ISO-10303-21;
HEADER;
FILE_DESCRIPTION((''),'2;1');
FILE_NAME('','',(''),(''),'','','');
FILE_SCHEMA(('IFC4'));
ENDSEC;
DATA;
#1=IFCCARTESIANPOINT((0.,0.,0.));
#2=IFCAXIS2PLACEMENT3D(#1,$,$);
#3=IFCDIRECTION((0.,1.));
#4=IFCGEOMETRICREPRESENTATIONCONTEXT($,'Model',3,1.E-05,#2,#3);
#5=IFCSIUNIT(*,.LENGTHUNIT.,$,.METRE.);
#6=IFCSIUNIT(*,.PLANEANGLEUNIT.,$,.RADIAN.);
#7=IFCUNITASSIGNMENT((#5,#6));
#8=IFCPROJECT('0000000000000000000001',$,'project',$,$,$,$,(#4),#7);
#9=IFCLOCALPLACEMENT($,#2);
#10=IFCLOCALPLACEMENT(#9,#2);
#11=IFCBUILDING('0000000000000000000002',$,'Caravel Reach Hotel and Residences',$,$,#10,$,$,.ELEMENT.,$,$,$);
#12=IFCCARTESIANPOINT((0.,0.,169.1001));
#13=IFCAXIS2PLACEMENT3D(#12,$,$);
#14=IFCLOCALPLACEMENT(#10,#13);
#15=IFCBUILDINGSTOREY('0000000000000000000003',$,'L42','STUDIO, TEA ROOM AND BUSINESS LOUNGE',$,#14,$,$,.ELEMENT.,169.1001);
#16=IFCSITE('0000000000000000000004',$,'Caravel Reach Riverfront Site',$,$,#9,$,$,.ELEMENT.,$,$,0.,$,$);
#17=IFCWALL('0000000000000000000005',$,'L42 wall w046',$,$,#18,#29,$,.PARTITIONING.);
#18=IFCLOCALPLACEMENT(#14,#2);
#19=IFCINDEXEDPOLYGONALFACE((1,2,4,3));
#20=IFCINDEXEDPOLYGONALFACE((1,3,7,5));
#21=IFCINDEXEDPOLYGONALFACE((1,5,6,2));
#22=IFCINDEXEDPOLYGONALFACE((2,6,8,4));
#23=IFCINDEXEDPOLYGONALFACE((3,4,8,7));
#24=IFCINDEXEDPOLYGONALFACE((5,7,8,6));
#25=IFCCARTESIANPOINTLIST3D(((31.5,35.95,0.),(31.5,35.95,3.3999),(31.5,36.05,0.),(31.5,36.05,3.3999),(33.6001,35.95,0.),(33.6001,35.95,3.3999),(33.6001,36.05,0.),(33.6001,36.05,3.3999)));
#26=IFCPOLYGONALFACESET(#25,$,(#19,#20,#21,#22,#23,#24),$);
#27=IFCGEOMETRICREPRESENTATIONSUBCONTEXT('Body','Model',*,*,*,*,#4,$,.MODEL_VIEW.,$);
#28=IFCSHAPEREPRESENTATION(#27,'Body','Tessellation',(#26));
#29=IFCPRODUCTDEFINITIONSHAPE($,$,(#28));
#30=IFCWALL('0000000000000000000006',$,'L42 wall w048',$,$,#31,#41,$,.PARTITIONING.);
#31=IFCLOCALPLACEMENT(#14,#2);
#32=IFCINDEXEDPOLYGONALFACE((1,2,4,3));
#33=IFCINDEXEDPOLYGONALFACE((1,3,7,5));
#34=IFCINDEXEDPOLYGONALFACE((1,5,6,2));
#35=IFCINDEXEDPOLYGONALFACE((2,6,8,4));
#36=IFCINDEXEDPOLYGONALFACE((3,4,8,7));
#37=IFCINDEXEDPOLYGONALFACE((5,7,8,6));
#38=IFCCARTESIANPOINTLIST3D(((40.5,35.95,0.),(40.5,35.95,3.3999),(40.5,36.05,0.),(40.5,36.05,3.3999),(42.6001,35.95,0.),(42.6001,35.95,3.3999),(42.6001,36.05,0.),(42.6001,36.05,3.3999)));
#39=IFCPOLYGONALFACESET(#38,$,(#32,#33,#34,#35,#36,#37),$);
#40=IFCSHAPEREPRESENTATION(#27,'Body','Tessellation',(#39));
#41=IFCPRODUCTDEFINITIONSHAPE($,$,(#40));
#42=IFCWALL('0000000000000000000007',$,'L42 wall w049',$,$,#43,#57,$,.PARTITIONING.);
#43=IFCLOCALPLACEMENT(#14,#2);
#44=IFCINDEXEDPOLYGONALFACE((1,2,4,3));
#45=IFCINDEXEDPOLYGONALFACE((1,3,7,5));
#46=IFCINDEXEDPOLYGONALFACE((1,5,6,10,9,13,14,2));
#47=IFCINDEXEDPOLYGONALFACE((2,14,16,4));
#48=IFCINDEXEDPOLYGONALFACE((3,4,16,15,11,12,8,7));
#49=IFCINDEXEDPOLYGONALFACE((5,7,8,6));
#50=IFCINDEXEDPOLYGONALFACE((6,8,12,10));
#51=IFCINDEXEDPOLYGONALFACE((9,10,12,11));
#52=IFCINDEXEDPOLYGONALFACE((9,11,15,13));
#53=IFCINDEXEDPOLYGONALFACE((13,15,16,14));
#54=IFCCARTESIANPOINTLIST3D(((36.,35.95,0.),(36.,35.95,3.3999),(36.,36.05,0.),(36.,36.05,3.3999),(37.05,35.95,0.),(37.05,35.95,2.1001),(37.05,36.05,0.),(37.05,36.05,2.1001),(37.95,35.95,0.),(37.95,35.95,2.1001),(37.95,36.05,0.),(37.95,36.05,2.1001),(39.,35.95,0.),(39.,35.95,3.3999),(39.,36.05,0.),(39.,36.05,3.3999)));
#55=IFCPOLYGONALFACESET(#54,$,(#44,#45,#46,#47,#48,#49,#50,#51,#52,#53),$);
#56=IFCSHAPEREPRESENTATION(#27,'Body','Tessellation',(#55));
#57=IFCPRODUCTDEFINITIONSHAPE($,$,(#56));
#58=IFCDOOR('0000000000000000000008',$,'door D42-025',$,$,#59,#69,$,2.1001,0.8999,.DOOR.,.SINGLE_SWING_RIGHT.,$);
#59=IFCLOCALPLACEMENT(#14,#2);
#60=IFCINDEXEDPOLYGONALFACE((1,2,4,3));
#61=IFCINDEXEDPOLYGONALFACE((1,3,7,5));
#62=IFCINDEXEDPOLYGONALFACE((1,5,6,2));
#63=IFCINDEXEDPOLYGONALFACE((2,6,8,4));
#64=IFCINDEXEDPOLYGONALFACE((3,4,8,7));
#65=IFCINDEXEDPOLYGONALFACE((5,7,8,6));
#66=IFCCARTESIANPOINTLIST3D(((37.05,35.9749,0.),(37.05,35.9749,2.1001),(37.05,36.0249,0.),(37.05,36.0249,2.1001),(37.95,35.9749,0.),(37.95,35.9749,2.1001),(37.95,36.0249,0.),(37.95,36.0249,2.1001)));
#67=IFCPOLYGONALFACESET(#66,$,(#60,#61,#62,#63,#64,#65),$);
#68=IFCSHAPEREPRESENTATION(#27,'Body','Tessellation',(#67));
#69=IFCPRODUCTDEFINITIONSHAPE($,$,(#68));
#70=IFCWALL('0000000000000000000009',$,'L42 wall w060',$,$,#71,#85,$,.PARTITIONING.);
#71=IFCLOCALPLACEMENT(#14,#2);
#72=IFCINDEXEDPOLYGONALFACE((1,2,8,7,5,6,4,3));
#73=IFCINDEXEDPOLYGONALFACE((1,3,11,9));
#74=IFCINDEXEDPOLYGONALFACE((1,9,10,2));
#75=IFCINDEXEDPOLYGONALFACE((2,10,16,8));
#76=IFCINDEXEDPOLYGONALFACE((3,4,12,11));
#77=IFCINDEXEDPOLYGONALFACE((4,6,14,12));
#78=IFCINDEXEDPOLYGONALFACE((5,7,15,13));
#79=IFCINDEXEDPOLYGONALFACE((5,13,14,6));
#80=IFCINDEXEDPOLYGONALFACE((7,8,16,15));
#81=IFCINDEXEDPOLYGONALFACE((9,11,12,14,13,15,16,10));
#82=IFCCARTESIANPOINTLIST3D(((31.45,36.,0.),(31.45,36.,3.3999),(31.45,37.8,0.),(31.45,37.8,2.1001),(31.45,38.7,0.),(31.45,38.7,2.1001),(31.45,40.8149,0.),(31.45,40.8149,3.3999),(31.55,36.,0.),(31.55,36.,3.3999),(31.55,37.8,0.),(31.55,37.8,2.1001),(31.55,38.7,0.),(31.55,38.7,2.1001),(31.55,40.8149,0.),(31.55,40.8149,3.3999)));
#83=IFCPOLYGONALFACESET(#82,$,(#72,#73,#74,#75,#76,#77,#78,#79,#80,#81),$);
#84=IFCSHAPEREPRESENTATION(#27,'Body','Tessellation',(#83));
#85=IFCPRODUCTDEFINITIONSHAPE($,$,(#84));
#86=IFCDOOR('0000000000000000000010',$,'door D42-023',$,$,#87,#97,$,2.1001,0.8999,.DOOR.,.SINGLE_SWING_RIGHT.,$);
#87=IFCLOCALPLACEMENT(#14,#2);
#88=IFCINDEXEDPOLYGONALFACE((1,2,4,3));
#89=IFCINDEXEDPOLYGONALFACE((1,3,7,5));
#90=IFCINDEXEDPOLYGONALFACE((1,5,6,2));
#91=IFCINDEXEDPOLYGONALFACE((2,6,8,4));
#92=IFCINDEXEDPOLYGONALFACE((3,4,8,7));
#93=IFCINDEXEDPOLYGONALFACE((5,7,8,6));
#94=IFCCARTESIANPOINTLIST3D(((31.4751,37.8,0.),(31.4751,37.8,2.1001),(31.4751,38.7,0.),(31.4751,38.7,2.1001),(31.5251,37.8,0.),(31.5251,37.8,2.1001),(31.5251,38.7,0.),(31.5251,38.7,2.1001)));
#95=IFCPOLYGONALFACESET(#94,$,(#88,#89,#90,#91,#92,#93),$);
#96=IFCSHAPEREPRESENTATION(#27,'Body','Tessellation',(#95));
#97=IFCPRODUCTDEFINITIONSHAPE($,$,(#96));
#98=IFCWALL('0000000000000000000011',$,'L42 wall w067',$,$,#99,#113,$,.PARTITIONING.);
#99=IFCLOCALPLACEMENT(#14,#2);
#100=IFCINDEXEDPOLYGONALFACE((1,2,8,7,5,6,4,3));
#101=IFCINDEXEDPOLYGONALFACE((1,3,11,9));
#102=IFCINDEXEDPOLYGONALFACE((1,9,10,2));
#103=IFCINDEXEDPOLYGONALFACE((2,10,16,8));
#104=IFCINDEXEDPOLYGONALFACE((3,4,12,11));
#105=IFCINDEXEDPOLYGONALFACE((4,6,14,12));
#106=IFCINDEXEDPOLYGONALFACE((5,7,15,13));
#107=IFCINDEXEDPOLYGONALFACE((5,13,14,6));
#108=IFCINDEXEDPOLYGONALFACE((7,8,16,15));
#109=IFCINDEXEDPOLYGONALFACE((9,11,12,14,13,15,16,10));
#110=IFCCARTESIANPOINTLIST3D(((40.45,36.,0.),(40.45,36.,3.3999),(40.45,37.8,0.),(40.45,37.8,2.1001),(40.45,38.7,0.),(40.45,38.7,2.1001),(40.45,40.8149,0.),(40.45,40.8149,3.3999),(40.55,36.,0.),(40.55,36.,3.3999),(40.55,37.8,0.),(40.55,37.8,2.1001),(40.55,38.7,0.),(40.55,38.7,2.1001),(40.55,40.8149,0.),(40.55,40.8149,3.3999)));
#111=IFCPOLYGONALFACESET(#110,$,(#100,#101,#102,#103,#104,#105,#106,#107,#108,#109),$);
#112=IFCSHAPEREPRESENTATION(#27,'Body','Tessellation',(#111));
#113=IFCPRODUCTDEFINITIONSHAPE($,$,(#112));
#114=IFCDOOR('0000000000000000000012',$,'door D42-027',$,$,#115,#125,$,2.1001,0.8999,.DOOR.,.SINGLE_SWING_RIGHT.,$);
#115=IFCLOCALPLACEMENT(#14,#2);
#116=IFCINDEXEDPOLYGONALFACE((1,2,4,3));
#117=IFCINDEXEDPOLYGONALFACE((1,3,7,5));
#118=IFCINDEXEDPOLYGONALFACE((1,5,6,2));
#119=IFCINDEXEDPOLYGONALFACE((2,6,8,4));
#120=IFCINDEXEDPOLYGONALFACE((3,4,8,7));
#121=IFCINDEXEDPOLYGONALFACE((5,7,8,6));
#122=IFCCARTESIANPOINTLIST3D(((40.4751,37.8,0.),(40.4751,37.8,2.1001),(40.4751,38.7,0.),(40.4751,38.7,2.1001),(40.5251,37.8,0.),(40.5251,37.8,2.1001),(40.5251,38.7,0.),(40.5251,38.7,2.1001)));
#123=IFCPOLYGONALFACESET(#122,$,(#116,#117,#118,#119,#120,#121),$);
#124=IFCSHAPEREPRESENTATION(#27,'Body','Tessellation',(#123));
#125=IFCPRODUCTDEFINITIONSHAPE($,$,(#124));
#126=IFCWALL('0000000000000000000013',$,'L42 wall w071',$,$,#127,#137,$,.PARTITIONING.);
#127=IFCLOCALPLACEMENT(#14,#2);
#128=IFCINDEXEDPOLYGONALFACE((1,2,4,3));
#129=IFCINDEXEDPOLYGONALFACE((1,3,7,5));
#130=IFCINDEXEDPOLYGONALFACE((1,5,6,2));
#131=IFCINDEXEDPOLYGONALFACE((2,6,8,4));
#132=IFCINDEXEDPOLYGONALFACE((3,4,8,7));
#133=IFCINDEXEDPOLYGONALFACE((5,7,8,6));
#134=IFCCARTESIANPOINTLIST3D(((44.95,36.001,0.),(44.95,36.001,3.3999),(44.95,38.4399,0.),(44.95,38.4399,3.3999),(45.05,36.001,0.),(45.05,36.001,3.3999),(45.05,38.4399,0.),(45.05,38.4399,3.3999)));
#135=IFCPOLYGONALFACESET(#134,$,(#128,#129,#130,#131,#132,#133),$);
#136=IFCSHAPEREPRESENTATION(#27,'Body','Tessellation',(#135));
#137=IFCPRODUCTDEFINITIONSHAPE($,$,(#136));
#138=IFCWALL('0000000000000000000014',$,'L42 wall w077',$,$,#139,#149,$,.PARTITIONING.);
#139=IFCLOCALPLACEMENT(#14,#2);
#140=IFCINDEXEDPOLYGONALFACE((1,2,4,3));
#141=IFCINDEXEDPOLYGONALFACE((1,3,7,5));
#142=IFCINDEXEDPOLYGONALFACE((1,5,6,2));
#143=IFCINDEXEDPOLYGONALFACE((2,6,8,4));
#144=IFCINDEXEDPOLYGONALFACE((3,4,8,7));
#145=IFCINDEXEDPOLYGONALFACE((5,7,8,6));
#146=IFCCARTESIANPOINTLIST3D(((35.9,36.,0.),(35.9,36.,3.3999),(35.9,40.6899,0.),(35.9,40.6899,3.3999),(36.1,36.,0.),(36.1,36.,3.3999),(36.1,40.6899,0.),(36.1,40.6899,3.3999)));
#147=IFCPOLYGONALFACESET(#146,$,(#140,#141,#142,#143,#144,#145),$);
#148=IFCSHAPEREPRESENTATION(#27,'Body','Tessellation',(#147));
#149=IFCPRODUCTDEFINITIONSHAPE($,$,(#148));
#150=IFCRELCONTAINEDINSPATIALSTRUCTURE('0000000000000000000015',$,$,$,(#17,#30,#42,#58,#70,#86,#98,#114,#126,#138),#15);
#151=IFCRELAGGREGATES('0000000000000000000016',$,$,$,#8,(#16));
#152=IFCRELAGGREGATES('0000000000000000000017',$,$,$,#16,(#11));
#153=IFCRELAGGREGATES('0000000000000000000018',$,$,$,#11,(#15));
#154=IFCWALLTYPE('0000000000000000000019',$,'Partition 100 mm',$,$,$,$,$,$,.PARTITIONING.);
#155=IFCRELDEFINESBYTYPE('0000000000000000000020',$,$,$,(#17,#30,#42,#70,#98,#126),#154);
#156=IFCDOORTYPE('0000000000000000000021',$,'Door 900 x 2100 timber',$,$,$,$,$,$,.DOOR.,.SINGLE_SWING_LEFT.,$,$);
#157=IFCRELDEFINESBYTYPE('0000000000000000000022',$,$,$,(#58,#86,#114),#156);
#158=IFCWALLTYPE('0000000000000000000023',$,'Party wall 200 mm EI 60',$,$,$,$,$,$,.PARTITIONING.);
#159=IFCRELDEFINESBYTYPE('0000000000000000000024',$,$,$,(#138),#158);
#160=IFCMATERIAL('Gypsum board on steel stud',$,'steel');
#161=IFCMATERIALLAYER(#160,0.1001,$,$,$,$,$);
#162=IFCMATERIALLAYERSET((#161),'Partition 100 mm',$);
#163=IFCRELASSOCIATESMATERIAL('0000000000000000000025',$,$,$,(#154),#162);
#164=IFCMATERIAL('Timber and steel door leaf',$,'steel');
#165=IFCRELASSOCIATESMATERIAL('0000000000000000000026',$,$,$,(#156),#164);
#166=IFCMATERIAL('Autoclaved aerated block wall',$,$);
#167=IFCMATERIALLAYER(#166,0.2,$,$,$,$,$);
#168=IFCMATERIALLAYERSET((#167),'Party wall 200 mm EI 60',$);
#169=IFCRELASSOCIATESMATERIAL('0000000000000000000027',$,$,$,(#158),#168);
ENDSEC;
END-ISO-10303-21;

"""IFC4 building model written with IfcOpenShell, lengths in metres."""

from ifc_helpers import new_model, si_unit, direction, frame, frame_2d, origin, place, context, subcontext, project, spatial, rectangle, extrude, material, layer, layer_set, type_object, element, fill, save


model = new_model("IFC4")

# Units and contexts
model_context = context("Model", 3, precision=1e-05, world=origin(), true_north=direction((0.0, 1.0)))
body_context = subcontext(model_context, "Body", "Model", "MODEL_VIEW")
ifc_project = project(units=[si_unit("LENGTHUNIT", "METRE"), si_unit("PLANEANGLEUNIT", "RADIAN")], contexts=[model_context])

# Site, building, storey
site_placement = place(None, origin())
site = spatial("IfcSite", under=ifc_project, at=site_placement, Name="Caravel Reach Riverfront Site", CompositionType="ELEMENT", RefElevation=0.0)
building_placement = place(site_placement, origin())
building = spatial("IfcBuilding", under=site, at=building_placement, Name="Caravel Reach Hotel and Residences", CompositionType="ELEMENT")
storey_placement = place(building_placement, frame((0.0, 0.0, 169.1001)))
storey = spatial("IfcBuildingStorey", under=building, at=storey_placement, Name="L42", Description="STUDIO, TEA ROOM AND BUSINESS LOUNGE", CompositionType="ELEMENT", Elevation=169.1001)

# Walls
ifc_material_1 = material(Name="Gypsum board on steel stud", Category="steel")
ifc_layer_1 = layer(ifc_material_1, 0.1001)
ifc_layer_set_1 = layer_set([ifc_layer_1], Name="Partition 100 mm")
wall_type_1 = type_object("IfcWallType", Name="Partition 100 mm", PredefinedType="PARTITIONING", material=ifc_layer_set_1)
for number, where, z_axis, x_axis, name in (
    (1, (31.5, 36.0, 0.0), (0.0, 0.0, 1.0), (1.0, 0.0, 0.0), "L42 wall w046"),
    (2, (40.5, 36.0, 0.0), (0.0, 0.0, 1.0), (1.0, 0.0, 0.0), "L42 wall w048"),
):
    element("IfcWall", number, at=place(storey_placement, frame(where, z_axis=z_axis, x_axis=x_axis)), inside=storey, type_object=wall_type_1, Name=name, PredefinedType="PARTITIONING", context=body_context, shape_type="SweptSolid", body=[
        extrude(rectangle(XDim=2.1001, YDim=0.1001, at=frame_2d((1.05, 0.0))), origin(), (0.0, 0.0, 1.0), 3.3999),
    ])

# Walls, openings, doors
wall_1_placement = place(storey_placement, frame((36.0, 36.0, 0.0), z_axis=(0.0, 0.0, 1.0), x_axis=(1.0, 0.0, 0.0)))
wall_1 = element("IfcWall", 3, at=wall_1_placement, inside=storey, type_object=wall_type_1, Name="L42 wall w049", PredefinedType="PARTITIONING", context=body_context, shape_type="SweptSolid", body=[
    extrude(rectangle(XDim=3.0, YDim=0.1001, at=frame_2d((1.5, 0.0))), origin(), (0.0, 0.0, 1.0), 3.3999),
])
opening_1_placement = place(wall_1_placement, frame((1.05, 0.0, 0.0)))
opening_1 = element("IfcOpeningElement", 4, at=opening_1_placement, cuts=wall_1, PredefinedType="OPENING", context=body_context, shape_type="SweptSolid", body=[
    extrude(rectangle(XDim=0.8999, YDim=2.1001, at=frame_2d((0.45, 1.05))), frame((0.0, 0.0601, 0.0), z_axis=(0.0, -1.0, 0.0), x_axis=(1.0, 0.0, 0.0)), (0.0, 0.0, 1.0), 0.1201),
])
ifc_material_2 = material(Name="Timber and steel door leaf", Category="steel")
door_type_1 = type_object("IfcDoorType", Name="Door 900 x 2100 timber", OperationType="SINGLE_SWING_LEFT", PredefinedType="DOOR", material=ifc_material_2)
door_1_placement = place(opening_1_placement, origin())
door_1 = element("IfcDoor", 5, at=door_1_placement, inside=storey, type_object=door_type_1, Name="door D42-025", OperationType="SINGLE_SWING_RIGHT", OverallHeight=2.1001, OverallWidth=0.8999, PredefinedType="DOOR", context=body_context, shape_type="SweptSolid", body=[
    extrude(rectangle(XDim=0.8999, YDim=2.1001, at=frame_2d((0.45, 1.05))), frame((0.0, 0.0249, 0.0), z_axis=(0.0, -1.0, 0.0), x_axis=(1.0, 0.0, 0.0)), (0.0, 0.0, 1.0), 0.05),
])
fill(opening_1, door_1)
wall_2_placement = place(storey_placement, frame((31.5, 36.0, 0.0), z_axis=(0.0, 0.0, 1.0), x_axis=(0.0, 1.0, 0.0)))
wall_2 = element("IfcWall", 6, at=wall_2_placement, inside=storey, type_object=wall_type_1, Name="L42 wall w060", PredefinedType="PARTITIONING", context=body_context, shape_type="SweptSolid", body=[
    extrude(rectangle(XDim=4.8149, YDim=0.1001, at=frame_2d((2.4075, 0.0))), origin(), (0.0, 0.0, 1.0), 3.3999),
])
opening_2_placement = place(wall_2_placement, frame((1.8, 0.0, 0.0)))
opening_2 = element("IfcOpeningElement", 7, at=opening_2_placement, cuts=wall_2, PredefinedType="OPENING", context=body_context, shape_type="SweptSolid", body=[
    extrude(rectangle(XDim=0.8999, YDim=2.1001, at=frame_2d((0.45, 1.05))), frame((0.0, 0.0601, 0.0), z_axis=(0.0, -1.0, 0.0), x_axis=(1.0, 0.0, 0.0)), (0.0, 0.0, 1.0), 0.1201),
])
door_2_placement = place(opening_2_placement, origin())
door_2 = element("IfcDoor", 8, at=door_2_placement, inside=storey, type_object=door_type_1, Name="door D42-023", OperationType="SINGLE_SWING_RIGHT", OverallHeight=2.1001, OverallWidth=0.8999, PredefinedType="DOOR", context=body_context, shape_type="SweptSolid", body=[
    extrude(rectangle(XDim=0.8999, YDim=2.1001, at=frame_2d((0.45, 1.05))), frame((0.0, 0.0249, 0.0), z_axis=(0.0, -1.0, 0.0), x_axis=(1.0, 0.0, 0.0)), (0.0, 0.0, 1.0), 0.05),
])
fill(opening_2, door_2)
wall_3_placement = place(storey_placement, frame((40.5, 36.0, 0.0), z_axis=(0.0, 0.0, 1.0), x_axis=(0.0, 1.0, 0.0)))
wall_3 = element("IfcWall", 9, at=wall_3_placement, inside=storey, type_object=wall_type_1, Name="L42 wall w067", PredefinedType="PARTITIONING", context=body_context, shape_type="SweptSolid", body=[
    extrude(rectangle(XDim=4.8149, YDim=0.1001, at=frame_2d((2.4075, 0.0))), origin(), (0.0, 0.0, 1.0), 3.3999),
])
opening_3_placement = place(wall_3_placement, frame((1.8, 0.0, 0.0)))
opening_3 = element("IfcOpeningElement", 10, at=opening_3_placement, cuts=wall_3, PredefinedType="OPENING", context=body_context, shape_type="SweptSolid", body=[
    extrude(rectangle(XDim=0.8999, YDim=2.1001, at=frame_2d((0.45, 1.05))), frame((0.0, 0.0601, 0.0), z_axis=(0.0, -1.0, 0.0), x_axis=(1.0, 0.0, 0.0)), (0.0, 0.0, 1.0), 0.1201),
])
door_3_placement = place(opening_3_placement, origin())
door_3 = element("IfcDoor", 11, at=door_3_placement, inside=storey, type_object=door_type_1, Name="door D42-027", OperationType="SINGLE_SWING_RIGHT", OverallHeight=2.1001, OverallWidth=0.8999, PredefinedType="DOOR", context=body_context, shape_type="SweptSolid", body=[
    extrude(rectangle(XDim=0.8999, YDim=2.1001, at=frame_2d((0.45, 1.05))), frame((0.0, 0.0249, 0.0), z_axis=(0.0, -1.0, 0.0), x_axis=(1.0, 0.0, 0.0)), (0.0, 0.0, 1.0), 0.05),
])
fill(opening_3, door_3)

# Walls
wall_4_placement = place(storey_placement, frame((45.0, 36.001, 0.0), z_axis=(0.0, 0.0, 1.0), x_axis=(0.0, 1.0, 0.0)))
element("IfcWall", 12, at=wall_4_placement, inside=storey, type_object=wall_type_1, Name="L42 wall w071", PredefinedType="PARTITIONING", context=body_context, shape_type="SweptSolid", body=[
    extrude(rectangle(XDim=2.439, YDim=0.1001, at=frame_2d((1.2195, 0.0))), origin(), (0.0, 0.0, 1.0), 3.3999),
])
ifc_material_3 = material(Name="Autoclaved aerated block wall")
ifc_layer_2 = layer(ifc_material_3, 0.2)
ifc_layer_set_2 = layer_set([ifc_layer_2], Name="Party wall 200 mm EI 60")
wall_type_2 = type_object("IfcWallType", Name="Party wall 200 mm EI 60", PredefinedType="PARTITIONING", material=ifc_layer_set_2)
wall_5_placement = place(storey_placement, frame((36.0, 36.0, 0.0), z_axis=(0.0, 0.0, 1.0), x_axis=(0.0, 1.0, 0.0)))
element("IfcWall", 13, at=wall_5_placement, inside=storey, type_object=wall_type_2, Name="L42 wall w077", PredefinedType="PARTITIONING", context=body_context, shape_type="SweptSolid", body=[
    extrude(rectangle(XDim=4.6899, YDim=0.2, at=frame_2d((2.345, 0.0))), origin(), (0.0, 0.0, 1.0), 3.3999),
])

save(model, "model.ifc")
